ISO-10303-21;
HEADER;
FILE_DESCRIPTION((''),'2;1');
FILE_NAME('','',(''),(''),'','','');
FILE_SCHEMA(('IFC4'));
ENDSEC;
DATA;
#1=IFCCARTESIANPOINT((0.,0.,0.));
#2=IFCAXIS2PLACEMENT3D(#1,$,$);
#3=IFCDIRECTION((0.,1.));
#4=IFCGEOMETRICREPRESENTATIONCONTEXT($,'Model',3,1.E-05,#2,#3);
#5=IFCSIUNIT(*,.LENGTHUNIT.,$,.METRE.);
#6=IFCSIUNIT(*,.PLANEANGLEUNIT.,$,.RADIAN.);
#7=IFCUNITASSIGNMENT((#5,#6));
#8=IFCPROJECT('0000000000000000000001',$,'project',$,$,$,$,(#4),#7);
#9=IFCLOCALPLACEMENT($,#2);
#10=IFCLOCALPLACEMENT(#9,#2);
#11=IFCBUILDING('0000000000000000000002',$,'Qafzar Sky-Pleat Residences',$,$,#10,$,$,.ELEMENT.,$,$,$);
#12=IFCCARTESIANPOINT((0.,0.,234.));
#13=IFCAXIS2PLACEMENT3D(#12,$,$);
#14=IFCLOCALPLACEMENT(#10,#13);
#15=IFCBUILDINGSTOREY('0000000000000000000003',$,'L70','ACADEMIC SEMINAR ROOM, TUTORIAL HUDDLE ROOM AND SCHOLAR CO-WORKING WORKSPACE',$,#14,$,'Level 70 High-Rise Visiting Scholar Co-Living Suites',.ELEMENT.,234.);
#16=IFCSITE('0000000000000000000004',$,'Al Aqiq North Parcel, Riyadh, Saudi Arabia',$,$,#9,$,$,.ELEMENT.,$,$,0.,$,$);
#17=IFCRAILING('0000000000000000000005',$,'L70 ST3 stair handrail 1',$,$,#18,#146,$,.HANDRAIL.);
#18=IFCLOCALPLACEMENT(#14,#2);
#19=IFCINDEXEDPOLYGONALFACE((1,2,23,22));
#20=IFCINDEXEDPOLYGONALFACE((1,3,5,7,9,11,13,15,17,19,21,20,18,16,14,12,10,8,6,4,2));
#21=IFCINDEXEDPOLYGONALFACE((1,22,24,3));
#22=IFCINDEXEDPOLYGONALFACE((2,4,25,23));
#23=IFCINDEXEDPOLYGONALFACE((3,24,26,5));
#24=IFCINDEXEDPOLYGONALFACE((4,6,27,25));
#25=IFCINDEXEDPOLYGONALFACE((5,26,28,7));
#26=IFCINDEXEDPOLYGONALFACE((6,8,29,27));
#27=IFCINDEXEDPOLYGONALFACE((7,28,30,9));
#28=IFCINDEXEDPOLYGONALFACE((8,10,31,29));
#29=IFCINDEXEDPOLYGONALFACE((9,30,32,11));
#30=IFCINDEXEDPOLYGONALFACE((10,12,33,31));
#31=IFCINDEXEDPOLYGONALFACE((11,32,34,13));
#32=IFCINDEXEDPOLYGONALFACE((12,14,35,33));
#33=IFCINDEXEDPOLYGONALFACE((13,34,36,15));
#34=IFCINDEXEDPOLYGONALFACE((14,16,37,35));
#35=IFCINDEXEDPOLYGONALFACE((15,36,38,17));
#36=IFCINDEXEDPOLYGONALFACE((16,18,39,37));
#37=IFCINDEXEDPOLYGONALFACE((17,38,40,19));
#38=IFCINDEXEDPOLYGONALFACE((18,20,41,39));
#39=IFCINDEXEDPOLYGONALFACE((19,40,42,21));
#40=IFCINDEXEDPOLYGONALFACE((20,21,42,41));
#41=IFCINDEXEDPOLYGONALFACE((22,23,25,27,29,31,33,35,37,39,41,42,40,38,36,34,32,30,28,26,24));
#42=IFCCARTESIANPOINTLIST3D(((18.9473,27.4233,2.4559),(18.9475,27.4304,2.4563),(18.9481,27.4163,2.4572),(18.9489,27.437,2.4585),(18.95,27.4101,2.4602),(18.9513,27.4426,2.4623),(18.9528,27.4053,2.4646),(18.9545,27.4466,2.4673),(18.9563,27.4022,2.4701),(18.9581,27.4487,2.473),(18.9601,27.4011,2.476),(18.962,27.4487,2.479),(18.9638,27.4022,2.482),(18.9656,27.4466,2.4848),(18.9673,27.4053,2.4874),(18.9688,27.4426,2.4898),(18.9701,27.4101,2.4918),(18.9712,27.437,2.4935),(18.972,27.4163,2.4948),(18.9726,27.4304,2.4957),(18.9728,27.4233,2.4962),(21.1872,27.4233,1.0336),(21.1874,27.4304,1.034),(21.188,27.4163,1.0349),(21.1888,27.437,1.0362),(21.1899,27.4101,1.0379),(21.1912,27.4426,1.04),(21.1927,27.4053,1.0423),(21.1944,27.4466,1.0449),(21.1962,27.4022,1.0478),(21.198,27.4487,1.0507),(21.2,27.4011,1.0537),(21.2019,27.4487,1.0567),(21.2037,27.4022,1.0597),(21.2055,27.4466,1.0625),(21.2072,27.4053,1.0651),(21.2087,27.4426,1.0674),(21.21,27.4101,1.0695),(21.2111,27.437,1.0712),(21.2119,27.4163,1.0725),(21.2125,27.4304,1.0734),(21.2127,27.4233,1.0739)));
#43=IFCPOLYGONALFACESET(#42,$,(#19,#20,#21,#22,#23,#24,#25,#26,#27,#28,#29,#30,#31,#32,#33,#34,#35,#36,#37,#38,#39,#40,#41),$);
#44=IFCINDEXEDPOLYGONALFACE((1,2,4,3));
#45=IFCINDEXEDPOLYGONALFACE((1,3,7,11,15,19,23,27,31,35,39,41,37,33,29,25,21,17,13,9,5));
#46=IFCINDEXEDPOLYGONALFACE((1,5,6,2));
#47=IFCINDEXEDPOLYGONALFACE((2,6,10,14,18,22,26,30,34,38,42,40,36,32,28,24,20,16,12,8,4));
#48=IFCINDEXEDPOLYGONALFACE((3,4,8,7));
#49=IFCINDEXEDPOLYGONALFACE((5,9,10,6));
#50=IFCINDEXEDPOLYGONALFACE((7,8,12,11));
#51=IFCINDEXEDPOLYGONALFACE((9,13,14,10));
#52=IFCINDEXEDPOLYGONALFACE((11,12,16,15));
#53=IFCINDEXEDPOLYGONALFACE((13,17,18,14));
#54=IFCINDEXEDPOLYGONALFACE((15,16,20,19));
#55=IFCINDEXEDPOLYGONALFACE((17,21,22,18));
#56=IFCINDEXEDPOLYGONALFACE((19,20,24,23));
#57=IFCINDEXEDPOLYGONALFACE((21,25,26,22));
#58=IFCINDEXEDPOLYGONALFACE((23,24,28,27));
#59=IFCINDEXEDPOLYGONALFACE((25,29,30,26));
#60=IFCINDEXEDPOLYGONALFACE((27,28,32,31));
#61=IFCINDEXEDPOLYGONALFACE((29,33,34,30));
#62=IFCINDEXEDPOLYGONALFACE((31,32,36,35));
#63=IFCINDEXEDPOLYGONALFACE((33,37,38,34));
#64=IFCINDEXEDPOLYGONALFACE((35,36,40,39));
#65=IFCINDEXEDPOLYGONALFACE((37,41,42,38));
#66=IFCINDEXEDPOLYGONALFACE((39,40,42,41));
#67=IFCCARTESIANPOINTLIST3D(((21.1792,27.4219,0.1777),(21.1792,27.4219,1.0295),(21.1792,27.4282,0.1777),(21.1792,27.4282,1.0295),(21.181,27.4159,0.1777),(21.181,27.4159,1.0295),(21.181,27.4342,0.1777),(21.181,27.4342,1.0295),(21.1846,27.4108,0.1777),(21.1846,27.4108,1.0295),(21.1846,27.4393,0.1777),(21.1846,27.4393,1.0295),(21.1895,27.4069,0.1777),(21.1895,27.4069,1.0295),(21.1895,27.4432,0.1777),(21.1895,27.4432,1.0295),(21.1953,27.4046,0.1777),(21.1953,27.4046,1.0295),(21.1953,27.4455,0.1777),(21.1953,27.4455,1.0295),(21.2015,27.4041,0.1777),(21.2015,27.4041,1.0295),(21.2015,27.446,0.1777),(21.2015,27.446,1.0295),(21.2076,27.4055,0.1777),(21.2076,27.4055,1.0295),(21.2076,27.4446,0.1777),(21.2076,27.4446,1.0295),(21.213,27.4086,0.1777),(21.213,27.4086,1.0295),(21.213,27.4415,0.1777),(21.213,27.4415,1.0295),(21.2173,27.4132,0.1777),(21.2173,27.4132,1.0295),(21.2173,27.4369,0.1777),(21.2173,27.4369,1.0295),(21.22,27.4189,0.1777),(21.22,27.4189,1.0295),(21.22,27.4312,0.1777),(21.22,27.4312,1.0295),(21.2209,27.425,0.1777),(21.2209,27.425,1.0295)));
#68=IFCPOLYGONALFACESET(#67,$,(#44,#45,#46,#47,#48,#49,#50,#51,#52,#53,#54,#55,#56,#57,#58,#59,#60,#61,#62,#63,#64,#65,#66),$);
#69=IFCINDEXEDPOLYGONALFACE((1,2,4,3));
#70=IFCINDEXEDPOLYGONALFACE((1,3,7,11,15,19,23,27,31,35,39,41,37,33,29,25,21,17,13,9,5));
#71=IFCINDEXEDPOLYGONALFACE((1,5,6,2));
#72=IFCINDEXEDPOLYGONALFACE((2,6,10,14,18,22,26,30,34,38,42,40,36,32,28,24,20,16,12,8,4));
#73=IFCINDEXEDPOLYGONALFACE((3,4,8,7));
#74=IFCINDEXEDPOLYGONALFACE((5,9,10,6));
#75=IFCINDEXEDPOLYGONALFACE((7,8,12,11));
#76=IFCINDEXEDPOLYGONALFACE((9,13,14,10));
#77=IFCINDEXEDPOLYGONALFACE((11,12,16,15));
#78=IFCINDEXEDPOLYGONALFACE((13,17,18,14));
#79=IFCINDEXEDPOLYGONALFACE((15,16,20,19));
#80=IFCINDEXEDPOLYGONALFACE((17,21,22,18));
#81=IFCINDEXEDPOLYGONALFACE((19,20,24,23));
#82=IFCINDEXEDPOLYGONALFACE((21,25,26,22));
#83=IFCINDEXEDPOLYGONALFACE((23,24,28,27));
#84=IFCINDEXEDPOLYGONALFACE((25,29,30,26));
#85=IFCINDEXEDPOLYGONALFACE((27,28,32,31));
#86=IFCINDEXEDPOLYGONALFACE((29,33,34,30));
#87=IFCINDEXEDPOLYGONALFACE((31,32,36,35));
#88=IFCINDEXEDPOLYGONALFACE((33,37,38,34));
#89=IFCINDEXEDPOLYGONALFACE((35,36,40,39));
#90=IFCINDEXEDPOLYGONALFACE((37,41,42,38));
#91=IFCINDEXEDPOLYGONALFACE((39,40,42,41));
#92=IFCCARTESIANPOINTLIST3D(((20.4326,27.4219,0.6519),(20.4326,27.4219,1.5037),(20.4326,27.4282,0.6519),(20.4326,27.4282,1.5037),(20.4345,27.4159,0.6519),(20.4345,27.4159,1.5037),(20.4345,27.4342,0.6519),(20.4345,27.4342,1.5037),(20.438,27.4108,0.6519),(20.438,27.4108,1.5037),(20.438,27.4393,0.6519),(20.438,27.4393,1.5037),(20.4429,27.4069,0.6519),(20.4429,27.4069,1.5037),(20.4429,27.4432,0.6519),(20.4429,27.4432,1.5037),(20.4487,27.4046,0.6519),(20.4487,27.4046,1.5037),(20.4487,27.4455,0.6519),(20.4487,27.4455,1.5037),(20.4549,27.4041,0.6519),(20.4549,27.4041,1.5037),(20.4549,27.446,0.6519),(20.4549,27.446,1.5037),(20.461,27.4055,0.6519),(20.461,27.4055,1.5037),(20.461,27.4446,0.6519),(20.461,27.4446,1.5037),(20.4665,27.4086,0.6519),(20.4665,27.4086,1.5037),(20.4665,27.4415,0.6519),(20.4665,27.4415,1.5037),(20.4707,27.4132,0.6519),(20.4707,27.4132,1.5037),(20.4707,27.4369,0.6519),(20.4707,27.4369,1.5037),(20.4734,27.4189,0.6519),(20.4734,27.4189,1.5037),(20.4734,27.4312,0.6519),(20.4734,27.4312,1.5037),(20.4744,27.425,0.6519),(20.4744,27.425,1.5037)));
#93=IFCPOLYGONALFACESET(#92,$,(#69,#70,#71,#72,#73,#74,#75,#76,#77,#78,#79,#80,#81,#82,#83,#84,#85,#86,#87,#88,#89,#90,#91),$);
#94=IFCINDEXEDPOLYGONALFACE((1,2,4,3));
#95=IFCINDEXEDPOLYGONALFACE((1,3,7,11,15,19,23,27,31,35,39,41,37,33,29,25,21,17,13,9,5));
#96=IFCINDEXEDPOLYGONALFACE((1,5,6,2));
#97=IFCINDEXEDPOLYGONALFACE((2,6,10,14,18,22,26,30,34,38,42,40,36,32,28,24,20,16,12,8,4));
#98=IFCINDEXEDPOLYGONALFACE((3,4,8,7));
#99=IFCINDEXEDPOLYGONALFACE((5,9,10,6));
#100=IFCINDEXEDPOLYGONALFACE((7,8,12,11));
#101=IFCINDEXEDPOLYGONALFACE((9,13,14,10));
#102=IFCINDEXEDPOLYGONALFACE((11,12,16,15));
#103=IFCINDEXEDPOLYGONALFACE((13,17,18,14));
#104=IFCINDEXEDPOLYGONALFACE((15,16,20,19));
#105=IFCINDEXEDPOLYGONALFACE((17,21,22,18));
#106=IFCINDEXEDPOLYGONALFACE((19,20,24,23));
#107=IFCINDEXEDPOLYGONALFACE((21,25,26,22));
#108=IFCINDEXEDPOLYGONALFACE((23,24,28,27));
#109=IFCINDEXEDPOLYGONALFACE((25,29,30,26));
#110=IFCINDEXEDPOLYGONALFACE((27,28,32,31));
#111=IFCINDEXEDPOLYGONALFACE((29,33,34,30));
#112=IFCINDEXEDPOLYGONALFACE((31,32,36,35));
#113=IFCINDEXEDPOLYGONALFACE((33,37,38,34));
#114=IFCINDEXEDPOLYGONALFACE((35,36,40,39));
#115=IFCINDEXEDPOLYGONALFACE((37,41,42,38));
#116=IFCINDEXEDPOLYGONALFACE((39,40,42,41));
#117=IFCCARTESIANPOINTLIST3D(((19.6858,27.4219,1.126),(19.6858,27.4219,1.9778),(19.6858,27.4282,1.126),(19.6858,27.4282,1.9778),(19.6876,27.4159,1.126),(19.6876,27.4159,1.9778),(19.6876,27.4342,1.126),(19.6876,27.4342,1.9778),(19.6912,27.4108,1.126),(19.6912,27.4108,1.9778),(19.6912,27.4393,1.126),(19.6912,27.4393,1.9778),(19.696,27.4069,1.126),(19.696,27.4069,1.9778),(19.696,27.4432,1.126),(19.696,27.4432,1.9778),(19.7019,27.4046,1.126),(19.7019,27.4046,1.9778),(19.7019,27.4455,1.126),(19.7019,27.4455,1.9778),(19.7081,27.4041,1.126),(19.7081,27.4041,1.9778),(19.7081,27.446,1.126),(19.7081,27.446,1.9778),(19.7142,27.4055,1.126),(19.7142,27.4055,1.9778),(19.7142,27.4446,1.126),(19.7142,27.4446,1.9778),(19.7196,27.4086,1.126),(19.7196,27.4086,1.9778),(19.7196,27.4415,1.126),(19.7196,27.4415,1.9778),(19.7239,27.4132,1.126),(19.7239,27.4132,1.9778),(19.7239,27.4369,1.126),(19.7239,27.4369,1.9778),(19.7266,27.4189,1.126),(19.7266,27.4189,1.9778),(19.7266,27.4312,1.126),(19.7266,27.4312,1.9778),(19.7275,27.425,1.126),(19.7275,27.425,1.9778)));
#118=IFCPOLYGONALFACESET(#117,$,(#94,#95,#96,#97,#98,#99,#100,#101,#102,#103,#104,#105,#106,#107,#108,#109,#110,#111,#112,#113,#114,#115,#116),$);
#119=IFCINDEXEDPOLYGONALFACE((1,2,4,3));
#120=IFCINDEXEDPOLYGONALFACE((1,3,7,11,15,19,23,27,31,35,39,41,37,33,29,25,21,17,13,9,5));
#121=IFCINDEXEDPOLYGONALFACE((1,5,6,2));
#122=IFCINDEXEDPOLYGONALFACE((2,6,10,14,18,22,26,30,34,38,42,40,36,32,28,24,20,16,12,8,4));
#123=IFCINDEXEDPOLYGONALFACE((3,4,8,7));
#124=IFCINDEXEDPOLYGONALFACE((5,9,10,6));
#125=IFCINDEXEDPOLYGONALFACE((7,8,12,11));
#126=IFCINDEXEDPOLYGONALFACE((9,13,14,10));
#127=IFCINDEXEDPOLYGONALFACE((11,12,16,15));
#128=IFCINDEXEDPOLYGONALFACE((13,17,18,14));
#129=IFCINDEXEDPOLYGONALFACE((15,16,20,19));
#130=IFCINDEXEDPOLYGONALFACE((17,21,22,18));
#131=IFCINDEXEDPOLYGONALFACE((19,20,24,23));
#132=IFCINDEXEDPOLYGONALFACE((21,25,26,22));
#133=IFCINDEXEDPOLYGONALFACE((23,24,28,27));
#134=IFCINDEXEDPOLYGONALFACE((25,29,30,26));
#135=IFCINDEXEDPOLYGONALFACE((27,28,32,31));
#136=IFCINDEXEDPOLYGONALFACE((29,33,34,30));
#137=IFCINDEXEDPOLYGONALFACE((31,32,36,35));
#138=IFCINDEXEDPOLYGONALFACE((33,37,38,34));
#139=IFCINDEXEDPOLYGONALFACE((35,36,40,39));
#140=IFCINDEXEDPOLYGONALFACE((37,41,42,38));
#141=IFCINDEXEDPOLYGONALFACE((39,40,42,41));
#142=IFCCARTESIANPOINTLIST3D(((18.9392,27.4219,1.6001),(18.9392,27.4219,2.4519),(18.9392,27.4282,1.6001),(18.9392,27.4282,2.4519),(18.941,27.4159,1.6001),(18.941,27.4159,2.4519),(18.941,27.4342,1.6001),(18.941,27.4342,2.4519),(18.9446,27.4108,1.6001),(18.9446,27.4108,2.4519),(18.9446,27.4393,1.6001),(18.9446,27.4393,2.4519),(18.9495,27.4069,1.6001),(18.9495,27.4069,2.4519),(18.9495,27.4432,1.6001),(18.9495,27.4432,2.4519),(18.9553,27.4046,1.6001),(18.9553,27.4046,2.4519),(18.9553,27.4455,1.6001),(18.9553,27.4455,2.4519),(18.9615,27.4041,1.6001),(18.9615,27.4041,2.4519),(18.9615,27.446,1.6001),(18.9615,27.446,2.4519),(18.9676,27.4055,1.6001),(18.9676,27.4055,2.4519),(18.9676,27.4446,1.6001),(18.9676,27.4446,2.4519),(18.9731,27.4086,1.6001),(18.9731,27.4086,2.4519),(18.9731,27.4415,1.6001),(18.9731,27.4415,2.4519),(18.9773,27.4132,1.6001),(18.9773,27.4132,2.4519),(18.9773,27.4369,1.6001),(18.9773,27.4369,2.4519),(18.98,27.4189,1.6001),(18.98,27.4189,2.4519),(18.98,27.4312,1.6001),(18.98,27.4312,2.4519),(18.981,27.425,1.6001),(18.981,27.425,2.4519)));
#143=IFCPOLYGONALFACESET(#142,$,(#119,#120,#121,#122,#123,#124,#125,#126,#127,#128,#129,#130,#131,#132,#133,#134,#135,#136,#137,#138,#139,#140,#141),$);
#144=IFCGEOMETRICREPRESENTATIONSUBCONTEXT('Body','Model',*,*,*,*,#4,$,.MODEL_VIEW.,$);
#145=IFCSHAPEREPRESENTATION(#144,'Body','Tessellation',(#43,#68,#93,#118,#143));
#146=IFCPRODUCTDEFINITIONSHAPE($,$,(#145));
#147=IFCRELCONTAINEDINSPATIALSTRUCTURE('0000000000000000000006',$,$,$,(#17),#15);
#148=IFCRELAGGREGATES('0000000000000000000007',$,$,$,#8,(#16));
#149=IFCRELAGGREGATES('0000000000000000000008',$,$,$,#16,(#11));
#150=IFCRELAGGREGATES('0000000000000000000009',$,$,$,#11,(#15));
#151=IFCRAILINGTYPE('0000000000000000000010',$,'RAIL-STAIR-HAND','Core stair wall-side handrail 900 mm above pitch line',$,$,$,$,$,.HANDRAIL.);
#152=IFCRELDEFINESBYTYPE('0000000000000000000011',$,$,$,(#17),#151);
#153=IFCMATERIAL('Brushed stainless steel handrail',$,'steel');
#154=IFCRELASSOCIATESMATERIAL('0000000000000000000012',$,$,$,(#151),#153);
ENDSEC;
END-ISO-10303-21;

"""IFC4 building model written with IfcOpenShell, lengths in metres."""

from ifc_helpers import new_model, si_unit, direction, frame, origin, origin_2d, place, context, subcontext, project, spatial, circle, extrude, source, transform, mapped, material, type_object, element, save


model = new_model("IFC4")

# Units and contexts
model_context = context("Model", 3, precision=1e-05, world=origin(), true_north=direction((0.0, 1.0)))
body_context = subcontext(model_context, "Body", "Model", "MODEL_VIEW")
ifc_project = project(units=[si_unit("LENGTHUNIT", "METRE"), si_unit("PLANEANGLEUNIT", "RADIAN")], contexts=[model_context])

# Site, building, storey
site_placement = place(None, origin())
site = spatial("IfcSite", under=ifc_project, at=site_placement, Name="Al Aqiq North Parcel, Riyadh, Saudi Arabia", CompositionType="ELEMENT", RefElevation=0.0)
building_placement = place(site_placement, origin())
building = spatial("IfcBuilding", under=site, at=building_placement, Name="Qafzar Sky-Pleat Residences", CompositionType="ELEMENT")
storey_placement = place(building_placement, frame((0.0, 0.0, 234.0)))
storey = spatial("IfcBuildingStorey", under=building, at=storey_placement, Name="L70", Description="ACADEMIC SEMINAR ROOM, TUTORIAL HUDDLE ROOM AND SCHOLAR CO-WORKING WORKSPACE", LongName="Level 70 High-Rise Visiting Scholar Co-Living Suites", CompositionType="ELEMENT", Elevation=234.0)

# Railing
ifc_material_1 = material(Name="Brushed stainless steel handrail", Category="steel")
railing_type_1 = type_object("IfcRailingType", Name="RAIL-STAIR-HAND", Description="Core stair wall-side handrail 900 mm above pitch line", PredefinedType="HANDRAIL", material=ifc_material_1)
shared_shape_1 = source(origin(), body_context, "Body", "SweptSolid", [
    extrude(circle(Radius=0.0239, at=origin_2d()), frame((0.0, 0.0, 0.876), z_axis=(-0.844188, 0.0, 0.536048), x_axis=(0.0, -1.0, 0.0)), (0.0, 0.0, 1.0), 2.6533),
    extrude(circle(Radius=0.021, at=origin_2d()), origin(), (0.0, 0.0, 1.0), 0.8518),
    extrude(circle(Radius=0.021, at=origin_2d()), frame((-0.7466, 0.0, 0.4741)), (0.0, 0.0, 1.0), 0.8518),
    extrude(circle(Radius=0.021, at=origin_2d()), frame((-1.4934, 0.0, 0.9482)), (0.0, 0.0, 1.0), 0.8518),
    extrude(circle(Radius=0.021, at=origin_2d()), frame((-2.24, 0.0, 1.4224)), (0.0, 0.0, 1.0), 0.8518),
])
railing_1_placement = place(storey_placement, frame((21.2, 27.425, 0.1777)))
element("IfcRailing", 1, at=railing_1_placement, inside=storey, type_object=railing_type_1, Name="L70 ST3 stair handrail 1", PredefinedType="HANDRAIL", context=body_context, shape_type="MappedRepresentation", body=[
    mapped(shared_shape_1, transform((0.0, 0.0, 0.0), x_axis=(1.0, 0.0, 0.0), y_axis=(0.0, 1.0, 0.0), z_axis=(0.0, 0.0, 1.0), scale=1.0)),
])

save(model, "model.ifc")
